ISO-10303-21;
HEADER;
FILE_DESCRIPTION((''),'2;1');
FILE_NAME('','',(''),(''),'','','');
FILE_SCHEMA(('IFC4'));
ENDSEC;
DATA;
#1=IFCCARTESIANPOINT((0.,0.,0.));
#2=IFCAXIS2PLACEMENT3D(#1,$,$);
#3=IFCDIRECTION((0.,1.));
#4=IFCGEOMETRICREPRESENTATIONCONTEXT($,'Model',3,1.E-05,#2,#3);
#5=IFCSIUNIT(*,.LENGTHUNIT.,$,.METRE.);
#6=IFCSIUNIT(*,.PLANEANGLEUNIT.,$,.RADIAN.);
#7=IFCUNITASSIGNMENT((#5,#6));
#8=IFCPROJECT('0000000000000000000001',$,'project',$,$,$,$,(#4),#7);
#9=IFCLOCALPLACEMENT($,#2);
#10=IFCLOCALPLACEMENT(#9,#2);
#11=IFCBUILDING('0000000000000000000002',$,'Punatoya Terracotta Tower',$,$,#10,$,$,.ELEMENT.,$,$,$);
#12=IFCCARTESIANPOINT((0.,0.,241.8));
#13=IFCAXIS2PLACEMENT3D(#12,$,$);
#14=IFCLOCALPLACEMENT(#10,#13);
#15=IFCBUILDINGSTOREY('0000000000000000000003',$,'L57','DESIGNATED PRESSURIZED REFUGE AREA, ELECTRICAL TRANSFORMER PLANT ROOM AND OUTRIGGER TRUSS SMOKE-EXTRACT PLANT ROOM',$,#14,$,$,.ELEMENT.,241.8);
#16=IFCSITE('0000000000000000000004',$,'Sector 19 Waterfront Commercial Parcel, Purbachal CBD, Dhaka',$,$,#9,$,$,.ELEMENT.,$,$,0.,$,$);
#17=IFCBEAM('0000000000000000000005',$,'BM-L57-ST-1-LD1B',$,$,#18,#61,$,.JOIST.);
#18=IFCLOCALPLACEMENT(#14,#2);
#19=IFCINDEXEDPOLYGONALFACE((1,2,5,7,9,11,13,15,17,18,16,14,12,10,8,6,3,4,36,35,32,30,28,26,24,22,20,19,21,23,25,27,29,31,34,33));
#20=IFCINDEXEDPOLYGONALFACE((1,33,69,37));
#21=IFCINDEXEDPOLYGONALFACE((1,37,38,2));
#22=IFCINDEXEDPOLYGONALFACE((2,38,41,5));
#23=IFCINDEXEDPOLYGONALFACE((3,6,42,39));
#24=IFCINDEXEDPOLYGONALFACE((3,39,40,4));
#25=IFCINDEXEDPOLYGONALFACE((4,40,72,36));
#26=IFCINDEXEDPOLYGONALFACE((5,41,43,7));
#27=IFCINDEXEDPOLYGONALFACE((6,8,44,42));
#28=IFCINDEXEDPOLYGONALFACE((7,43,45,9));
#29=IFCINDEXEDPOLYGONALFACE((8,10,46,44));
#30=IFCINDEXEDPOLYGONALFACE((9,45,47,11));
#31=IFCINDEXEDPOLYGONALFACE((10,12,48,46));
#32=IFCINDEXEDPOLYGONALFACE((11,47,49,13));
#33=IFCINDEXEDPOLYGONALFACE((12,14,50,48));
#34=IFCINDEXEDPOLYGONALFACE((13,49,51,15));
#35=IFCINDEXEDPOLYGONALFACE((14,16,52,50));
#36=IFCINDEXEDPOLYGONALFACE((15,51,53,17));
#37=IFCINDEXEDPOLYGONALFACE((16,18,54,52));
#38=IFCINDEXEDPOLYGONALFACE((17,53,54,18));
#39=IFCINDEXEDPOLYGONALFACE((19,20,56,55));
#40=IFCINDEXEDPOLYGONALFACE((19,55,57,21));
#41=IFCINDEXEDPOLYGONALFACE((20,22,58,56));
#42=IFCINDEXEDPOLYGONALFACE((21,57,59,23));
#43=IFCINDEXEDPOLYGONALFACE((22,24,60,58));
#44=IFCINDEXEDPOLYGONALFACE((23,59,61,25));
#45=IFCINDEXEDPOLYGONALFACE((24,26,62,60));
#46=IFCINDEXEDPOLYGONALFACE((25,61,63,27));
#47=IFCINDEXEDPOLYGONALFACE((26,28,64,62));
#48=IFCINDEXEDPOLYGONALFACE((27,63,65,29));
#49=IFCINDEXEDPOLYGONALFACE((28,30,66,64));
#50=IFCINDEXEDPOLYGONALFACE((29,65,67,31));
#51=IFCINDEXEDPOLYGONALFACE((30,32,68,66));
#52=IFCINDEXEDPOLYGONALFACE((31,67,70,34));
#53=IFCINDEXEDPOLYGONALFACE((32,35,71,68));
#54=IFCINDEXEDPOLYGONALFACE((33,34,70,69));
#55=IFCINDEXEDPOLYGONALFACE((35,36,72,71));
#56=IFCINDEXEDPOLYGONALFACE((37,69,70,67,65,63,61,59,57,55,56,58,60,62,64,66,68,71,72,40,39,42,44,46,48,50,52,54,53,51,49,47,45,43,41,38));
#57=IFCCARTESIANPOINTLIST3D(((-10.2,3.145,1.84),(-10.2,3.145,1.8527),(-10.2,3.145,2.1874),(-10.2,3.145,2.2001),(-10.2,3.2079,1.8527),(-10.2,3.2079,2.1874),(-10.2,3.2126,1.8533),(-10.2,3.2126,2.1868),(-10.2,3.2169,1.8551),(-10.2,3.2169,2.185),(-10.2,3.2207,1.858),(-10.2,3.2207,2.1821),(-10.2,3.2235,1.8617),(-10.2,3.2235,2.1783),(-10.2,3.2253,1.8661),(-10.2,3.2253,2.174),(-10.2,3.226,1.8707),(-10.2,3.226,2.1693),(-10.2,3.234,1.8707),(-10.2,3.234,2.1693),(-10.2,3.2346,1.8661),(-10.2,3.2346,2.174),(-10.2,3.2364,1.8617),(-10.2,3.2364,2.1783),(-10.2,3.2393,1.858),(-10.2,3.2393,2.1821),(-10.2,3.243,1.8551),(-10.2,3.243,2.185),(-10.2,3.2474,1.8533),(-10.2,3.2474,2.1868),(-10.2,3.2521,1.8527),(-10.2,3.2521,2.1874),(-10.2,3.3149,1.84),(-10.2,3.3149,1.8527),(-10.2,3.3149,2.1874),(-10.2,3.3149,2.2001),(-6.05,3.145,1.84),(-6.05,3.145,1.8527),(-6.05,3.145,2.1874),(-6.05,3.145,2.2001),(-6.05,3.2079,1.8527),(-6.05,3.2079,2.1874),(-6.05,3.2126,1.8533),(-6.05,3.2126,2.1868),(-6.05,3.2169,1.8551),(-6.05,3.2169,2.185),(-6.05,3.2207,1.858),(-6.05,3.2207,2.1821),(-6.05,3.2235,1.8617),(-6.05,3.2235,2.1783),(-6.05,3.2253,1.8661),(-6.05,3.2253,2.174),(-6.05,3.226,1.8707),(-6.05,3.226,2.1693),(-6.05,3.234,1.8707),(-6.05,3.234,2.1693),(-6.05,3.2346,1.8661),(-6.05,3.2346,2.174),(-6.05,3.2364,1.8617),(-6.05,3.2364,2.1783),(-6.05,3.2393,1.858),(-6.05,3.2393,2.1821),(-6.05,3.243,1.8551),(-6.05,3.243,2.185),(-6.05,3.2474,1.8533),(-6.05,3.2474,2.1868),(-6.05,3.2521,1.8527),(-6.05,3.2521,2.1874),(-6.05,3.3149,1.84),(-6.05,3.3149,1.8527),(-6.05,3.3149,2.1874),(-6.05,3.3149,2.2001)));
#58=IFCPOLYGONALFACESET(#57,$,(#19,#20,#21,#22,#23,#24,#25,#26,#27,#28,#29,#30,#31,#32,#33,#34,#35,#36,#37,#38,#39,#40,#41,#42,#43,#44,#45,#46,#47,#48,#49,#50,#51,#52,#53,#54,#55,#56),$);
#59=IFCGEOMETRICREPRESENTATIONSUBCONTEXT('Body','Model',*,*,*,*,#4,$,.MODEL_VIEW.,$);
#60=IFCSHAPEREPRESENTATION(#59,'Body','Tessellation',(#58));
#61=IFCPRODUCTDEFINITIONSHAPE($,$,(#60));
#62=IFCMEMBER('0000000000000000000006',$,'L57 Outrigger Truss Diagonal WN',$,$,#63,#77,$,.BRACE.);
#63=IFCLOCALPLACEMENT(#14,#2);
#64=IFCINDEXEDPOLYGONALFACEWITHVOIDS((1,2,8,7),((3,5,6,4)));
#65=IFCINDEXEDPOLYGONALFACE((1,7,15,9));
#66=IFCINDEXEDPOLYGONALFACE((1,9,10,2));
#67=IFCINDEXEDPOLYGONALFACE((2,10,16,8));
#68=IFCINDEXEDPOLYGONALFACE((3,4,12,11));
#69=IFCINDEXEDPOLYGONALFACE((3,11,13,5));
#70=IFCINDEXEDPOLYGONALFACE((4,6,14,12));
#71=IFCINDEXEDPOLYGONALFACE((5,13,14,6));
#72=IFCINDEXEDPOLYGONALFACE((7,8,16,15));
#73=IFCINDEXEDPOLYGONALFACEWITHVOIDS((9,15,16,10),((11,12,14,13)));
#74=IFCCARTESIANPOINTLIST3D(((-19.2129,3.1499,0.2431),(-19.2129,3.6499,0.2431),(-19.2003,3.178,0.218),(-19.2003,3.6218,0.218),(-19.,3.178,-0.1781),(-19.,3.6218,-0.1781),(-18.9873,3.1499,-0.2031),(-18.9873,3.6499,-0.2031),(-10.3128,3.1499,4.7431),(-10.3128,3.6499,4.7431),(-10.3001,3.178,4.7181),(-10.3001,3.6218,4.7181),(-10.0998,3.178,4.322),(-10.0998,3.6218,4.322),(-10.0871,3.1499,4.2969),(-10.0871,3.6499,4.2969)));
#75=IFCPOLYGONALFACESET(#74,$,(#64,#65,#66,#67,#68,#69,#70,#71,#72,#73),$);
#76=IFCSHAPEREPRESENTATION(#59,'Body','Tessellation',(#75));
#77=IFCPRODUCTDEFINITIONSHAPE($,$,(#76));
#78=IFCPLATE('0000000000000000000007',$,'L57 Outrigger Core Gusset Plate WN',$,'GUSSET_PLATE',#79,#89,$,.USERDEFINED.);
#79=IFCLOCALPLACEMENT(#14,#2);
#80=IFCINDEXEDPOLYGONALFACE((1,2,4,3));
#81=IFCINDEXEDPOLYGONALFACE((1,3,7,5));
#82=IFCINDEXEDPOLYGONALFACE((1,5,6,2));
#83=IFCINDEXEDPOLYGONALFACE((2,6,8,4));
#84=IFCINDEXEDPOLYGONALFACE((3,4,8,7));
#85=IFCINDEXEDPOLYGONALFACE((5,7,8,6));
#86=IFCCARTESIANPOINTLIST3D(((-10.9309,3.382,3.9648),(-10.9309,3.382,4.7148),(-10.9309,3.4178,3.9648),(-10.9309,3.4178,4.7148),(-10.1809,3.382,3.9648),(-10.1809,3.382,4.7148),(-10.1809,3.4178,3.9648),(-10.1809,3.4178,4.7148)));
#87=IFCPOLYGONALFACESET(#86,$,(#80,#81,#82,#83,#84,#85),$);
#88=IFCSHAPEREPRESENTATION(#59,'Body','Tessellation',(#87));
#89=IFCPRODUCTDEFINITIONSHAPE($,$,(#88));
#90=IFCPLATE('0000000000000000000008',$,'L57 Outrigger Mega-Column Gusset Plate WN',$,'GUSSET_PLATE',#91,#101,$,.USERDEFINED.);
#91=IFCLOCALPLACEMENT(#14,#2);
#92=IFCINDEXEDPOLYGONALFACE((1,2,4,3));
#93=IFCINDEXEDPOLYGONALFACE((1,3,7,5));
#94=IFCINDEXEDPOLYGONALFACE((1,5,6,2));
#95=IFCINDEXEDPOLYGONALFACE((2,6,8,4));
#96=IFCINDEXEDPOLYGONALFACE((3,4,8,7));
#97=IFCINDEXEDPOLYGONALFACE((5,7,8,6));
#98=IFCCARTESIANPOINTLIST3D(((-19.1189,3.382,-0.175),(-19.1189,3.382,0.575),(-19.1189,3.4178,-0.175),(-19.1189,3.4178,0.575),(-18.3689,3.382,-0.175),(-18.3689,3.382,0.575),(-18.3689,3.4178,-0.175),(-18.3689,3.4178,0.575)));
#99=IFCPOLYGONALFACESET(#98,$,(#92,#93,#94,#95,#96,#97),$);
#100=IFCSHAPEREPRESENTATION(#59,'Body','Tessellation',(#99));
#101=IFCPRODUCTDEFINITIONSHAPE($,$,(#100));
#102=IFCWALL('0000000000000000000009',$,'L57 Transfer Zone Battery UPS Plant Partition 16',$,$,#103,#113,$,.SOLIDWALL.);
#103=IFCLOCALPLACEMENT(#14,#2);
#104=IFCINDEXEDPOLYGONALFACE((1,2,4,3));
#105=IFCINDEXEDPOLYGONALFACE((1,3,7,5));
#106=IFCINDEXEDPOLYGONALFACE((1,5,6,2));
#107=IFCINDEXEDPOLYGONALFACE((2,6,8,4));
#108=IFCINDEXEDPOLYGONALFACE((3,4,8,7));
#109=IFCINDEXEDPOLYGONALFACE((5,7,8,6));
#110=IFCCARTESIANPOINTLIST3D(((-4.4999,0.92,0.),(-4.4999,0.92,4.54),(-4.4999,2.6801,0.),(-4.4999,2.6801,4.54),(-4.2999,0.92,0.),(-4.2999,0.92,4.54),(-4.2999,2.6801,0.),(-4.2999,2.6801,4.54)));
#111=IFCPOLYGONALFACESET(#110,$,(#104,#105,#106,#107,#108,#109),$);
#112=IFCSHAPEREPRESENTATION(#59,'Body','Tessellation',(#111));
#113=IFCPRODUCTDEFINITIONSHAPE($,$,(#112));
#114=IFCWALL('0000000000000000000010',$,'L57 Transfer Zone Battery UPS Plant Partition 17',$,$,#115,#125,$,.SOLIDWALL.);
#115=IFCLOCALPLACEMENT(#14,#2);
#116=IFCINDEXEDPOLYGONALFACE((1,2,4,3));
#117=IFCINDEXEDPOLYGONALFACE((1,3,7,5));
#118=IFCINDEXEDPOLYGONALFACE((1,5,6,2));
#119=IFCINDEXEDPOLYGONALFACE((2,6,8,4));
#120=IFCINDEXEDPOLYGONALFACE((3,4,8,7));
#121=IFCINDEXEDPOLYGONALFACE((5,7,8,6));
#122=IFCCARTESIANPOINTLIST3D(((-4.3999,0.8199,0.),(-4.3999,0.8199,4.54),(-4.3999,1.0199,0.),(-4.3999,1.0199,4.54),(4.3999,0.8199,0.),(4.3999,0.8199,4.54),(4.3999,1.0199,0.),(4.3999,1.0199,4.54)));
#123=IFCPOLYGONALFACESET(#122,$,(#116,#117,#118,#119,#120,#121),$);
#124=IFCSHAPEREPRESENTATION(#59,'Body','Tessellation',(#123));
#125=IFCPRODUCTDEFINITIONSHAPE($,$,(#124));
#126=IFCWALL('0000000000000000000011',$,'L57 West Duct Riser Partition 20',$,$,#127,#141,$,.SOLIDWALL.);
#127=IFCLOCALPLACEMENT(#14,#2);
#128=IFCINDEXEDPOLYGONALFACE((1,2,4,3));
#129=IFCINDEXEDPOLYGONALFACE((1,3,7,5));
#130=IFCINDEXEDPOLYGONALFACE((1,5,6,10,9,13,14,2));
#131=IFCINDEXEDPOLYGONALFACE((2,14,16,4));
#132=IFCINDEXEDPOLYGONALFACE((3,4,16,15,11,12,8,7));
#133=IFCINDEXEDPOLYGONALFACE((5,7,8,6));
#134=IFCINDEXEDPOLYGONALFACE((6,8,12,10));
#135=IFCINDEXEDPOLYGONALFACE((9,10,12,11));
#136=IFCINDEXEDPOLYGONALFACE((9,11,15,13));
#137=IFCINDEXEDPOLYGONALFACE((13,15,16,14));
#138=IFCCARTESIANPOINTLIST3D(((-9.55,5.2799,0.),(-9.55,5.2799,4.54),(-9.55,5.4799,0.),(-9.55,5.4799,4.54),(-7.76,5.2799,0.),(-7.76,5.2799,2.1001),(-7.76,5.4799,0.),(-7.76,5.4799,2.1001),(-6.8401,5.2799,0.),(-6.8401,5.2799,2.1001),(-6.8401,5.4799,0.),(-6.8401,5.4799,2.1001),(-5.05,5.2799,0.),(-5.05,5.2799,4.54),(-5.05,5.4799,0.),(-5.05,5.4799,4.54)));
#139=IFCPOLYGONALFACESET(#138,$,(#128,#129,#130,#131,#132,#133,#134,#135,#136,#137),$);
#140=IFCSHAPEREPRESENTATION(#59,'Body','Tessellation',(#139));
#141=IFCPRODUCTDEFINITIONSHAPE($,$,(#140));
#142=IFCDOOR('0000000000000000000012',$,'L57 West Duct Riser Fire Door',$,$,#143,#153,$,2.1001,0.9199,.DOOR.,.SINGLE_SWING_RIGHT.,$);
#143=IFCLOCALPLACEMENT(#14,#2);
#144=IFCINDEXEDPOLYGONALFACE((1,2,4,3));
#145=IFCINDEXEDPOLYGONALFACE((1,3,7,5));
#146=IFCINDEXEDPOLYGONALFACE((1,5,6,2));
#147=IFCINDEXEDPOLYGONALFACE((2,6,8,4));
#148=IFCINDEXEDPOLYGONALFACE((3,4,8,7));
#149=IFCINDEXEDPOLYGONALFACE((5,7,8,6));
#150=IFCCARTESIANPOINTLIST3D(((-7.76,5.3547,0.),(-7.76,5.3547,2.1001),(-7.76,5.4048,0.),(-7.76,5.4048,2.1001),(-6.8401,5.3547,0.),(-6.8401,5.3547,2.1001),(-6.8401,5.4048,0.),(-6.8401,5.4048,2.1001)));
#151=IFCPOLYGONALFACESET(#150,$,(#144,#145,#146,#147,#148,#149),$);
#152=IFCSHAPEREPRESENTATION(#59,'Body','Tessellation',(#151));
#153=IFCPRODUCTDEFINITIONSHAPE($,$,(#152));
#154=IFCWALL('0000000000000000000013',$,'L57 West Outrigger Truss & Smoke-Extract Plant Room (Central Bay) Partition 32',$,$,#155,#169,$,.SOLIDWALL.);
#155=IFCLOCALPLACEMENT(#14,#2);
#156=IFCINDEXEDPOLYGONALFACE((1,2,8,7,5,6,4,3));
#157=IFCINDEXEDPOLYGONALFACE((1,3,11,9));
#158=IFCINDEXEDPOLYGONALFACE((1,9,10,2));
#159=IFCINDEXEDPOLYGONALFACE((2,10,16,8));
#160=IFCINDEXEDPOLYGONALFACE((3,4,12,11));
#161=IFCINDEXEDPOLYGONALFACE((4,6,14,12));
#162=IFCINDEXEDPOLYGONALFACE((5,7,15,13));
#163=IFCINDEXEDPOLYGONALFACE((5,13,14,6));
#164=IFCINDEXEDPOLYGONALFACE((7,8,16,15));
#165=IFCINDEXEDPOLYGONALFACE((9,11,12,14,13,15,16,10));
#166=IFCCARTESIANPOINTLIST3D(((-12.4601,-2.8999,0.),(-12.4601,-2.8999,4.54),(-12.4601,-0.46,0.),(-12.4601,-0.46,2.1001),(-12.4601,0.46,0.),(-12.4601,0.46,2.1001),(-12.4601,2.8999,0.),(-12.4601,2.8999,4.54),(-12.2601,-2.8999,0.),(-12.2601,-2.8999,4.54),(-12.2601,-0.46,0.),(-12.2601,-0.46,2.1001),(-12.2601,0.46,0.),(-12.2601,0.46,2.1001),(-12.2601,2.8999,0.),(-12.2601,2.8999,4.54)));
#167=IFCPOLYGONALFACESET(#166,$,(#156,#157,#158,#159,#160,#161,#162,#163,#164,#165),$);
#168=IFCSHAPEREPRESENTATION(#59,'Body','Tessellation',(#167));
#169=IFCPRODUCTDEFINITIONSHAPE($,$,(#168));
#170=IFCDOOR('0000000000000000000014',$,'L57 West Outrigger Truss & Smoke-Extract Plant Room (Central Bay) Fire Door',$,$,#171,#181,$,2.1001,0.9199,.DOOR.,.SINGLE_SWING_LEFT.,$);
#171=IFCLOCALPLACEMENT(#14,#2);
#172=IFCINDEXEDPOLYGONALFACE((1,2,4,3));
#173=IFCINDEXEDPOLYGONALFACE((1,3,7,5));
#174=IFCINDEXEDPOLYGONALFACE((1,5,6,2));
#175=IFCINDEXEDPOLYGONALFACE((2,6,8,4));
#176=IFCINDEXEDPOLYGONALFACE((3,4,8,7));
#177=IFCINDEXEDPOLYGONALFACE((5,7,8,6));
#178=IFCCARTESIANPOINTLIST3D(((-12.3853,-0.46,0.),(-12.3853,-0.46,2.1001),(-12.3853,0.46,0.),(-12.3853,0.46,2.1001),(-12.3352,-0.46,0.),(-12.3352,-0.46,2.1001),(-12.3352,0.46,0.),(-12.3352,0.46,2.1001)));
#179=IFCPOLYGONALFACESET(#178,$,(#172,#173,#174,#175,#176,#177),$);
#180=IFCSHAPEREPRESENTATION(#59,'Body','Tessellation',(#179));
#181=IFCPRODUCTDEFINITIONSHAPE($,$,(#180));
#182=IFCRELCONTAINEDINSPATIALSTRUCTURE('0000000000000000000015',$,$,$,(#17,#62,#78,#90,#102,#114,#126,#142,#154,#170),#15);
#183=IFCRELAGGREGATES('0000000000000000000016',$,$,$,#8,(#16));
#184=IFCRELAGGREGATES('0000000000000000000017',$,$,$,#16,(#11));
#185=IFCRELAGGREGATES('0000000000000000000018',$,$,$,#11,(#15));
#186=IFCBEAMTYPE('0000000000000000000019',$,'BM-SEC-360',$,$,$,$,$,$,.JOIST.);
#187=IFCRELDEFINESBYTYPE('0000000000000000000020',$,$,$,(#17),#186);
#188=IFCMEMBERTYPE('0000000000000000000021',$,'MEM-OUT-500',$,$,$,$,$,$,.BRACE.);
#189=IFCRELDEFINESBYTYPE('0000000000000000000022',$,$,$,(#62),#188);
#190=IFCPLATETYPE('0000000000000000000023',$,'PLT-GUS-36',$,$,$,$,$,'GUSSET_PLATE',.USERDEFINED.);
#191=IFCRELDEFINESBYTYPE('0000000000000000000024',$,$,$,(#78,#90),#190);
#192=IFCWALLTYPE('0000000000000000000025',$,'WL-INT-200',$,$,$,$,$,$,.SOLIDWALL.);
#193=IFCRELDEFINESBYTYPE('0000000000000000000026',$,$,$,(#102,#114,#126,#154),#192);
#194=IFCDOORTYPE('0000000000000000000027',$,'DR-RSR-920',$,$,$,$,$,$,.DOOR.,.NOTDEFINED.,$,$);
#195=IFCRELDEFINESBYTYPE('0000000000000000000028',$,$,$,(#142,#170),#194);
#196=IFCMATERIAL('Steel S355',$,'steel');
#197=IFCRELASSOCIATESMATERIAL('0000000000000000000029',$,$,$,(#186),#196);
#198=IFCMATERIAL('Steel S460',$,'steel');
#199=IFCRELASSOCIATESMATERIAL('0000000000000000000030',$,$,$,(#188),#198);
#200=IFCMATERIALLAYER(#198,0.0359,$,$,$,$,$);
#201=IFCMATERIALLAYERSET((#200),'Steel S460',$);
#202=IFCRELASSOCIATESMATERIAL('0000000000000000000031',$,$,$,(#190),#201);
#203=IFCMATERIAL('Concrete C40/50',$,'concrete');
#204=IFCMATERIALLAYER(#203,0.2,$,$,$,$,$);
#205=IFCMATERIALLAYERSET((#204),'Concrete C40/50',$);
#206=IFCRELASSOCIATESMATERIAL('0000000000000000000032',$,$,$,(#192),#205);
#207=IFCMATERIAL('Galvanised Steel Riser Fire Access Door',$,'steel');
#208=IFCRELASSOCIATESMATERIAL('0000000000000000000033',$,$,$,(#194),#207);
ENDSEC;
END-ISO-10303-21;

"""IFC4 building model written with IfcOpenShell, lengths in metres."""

from ifc_helpers import new_model, si_unit, direction, frame, frame_2d, origin, origin_2d, place, context, subcontext, project, spatial, rectangle, hollow_rectangle, i_section, extrude, material, layer, layer_set, material_profile, profile_set, type_object, element, fill, save


model = new_model("IFC4")

# Units and contexts
model_context = context("Model", 3, precision=1e-05, world=origin(), true_north=direction((0.0, 1.0)))
body_context = subcontext(model_context, "Body", "Model", "MODEL_VIEW")
ifc_project = project(units=[si_unit("LENGTHUNIT", "METRE"), si_unit("PLANEANGLEUNIT", "RADIAN")], contexts=[model_context])

# Site, building, storey
site_placement = place(None, origin())
site = spatial("IfcSite", under=ifc_project, at=site_placement, Name="Sector 19 Waterfront Commercial Parcel, Purbachal CBD, Dhaka", CompositionType="ELEMENT", RefElevation=0.0)
building_placement = place(site_placement, origin())
building = spatial("IfcBuilding", under=site, at=building_placement, Name="Punatoya Terracotta Tower", CompositionType="ELEMENT")
storey_placement = place(building_placement, frame((0.0, 0.0, 241.8)))
storey = spatial("IfcBuildingStorey", under=building, at=storey_placement, Name="L57", Description="DESIGNATED PRESSURIZED REFUGE AREA, ELECTRICAL TRANSFORMER PLANT ROOM AND OUTRIGGER TRUSS SMOKE-EXTRACT PLANT ROOM", CompositionType="ELEMENT", Elevation=241.8)

# Shared definitions
ifc_material_1 = material(Name="Steel S460", Category="steel")

# Beam
ifc_material_2 = material(Name="Steel S355", Category="steel")
ifc_material_profile_1 = material_profile(ifc_material_2, i_section(OverallWidth=0.1699, OverallDepth=0.3601, WebThickness=0.0081, FlangeThickness=0.0127, FilletRadius=0.0181, at=origin_2d()))
ifc_profile_set_1 = profile_set([ifc_material_profile_1], Name="Steel S355")
beam_type_1 = type_object("IfcBeamType", Name="BM-SEC-360", PredefinedType="JOIST", material=ifc_profile_set_1)
for number, where, z_axis, x_axis, name in (
    (1, (-10.2, 3.23, 2.02), (1.0, 0.0, 0.0), (0.0, 1.0, 0.0), "BM-L57-ST-1-LD1B"),
):
    element("IfcBeam", number, at=place(storey_placement, frame(where, z_axis=z_axis, x_axis=x_axis)), inside=storey, type_object=beam_type_1, Name=name, PredefinedType="JOIST", context=body_context, shape_type="SweptSolid", body=[
        extrude(i_section(OverallWidth=0.1699, OverallDepth=0.3601, WebThickness=0.0081, FlangeThickness=0.0127, FilletRadius=0.0181, at=origin_2d()), origin(), (0.0, 0.0, 1.0), 4.1499),
    ])

# Member
ifc_material_profile_2 = material_profile(ifc_material_1, hollow_rectangle(XDim=0.5, YDim=0.5, WallThickness=0.0281, at=origin_2d()))
ifc_profile_set_2 = profile_set([ifc_material_profile_2], Name="Steel S460")
member_type = type_object("IfcMemberType", Name="MEM-OUT-500", PredefinedType="BRACE", material=ifc_profile_set_2)
member_placement = place(storey_placement, frame((-10.2, 3.3999, 4.52), z_axis=(-0.892416, 0.0, -0.451214), x_axis=(0.0, -1.0, 0.0)))
element("IfcMember", 2, at=member_placement, inside=storey, type_object=member_type, Name="L57 Outrigger Truss Diagonal WN", PredefinedType="BRACE", context=body_context, shape_type="SweptSolid", body=[
    extrude(hollow_rectangle(XDim=0.5, YDim=0.5, WallThickness=0.0281, at=origin_2d()), origin(), (0.0, 0.0, 1.0), 9.9731),
])

# Plates
ifc_layer_1 = layer(ifc_material_1, 0.0359)
ifc_layer_set_1 = layer_set([ifc_layer_1], Name="Steel S460")
plate_type = type_object("IfcPlateType", Name="PLT-GUS-36", ElementType="GUSSET_PLATE", PredefinedType="USERDEFINED", material=ifc_layer_set_1)
for number, where, z_axis, x_axis, name in (
    (3, (-10.5559, 3.3999, 3.9648), (0.0, 0.0, 1.0), (1.0, 0.0, 0.0), "L57 Outrigger Core Gusset Plate WN"),
    (4, (-18.7439, 3.3999, -0.175), (0.0, 0.0, 1.0), (1.0, 0.0, 0.0), "L57 Outrigger Mega-Column Gusset Plate WN"),
):
    element("IfcPlate", number, at=place(storey_placement, frame(where, z_axis=z_axis, x_axis=x_axis)), inside=storey, type_object=plate_type, Name=name, ObjectType="GUSSET_PLATE", PredefinedType="USERDEFINED", context=body_context, shape_type="SweptSolid", body=[
        extrude(rectangle(XDim=0.75, YDim=0.0359, at=origin_2d()), origin(), (0.0, 0.0, 1.0), 0.75),
    ])

# Walls
ifc_material_3 = material(Name="Concrete C40/50", Category="concrete")
ifc_layer_2 = layer(ifc_material_3, 0.2)
ifc_layer_set_2 = layer_set([ifc_layer_2], Name="Concrete C40/50")
wall_type_1 = type_object("IfcWallType", Name="WL-INT-200", PredefinedType="SOLIDWALL", material=ifc_layer_set_2)
wall_1_placement = place(storey_placement, frame((-4.3999, 2.6799, 0.0), z_axis=(0.0, 0.0, 1.0), x_axis=(0.0, -1.0, 0.0)))
element("IfcWall", 5, at=wall_1_placement, inside=storey, type_object=wall_type_1, Name="L57 Transfer Zone Battery UPS Plant Partition 16", PredefinedType="SOLIDWALL", context=body_context, shape_type="SweptSolid", body=[
    extrude(rectangle(XDim=1.76, YDim=0.2, at=frame_2d((0.8799, 0.0))), origin(), (0.0, 0.0, 1.0), 4.54),
])
wall_2_placement = place(storey_placement, frame((-4.3999, 0.9199, 0.0), z_axis=(0.0, 0.0, 1.0), x_axis=(1.0, 0.0, 0.0)))
element("IfcWall", 6, at=wall_2_placement, inside=storey, type_object=wall_type_1, Name="L57 Transfer Zone Battery UPS Plant Partition 17", PredefinedType="SOLIDWALL", context=body_context, shape_type="SweptSolid", body=[
    extrude(rectangle(XDim=8.7998, YDim=0.2, at=frame_2d((4.3999, 0.0))), origin(), (0.0, 0.0, 1.0), 4.54),
])

# Walls, openings, doors
wall_3_placement = place(storey_placement, frame((-9.55, 5.3799, 0.0), z_axis=(0.0, 0.0, 1.0), x_axis=(1.0, 0.0, 0.0)))
wall_3 = element("IfcWall", 7, at=wall_3_placement, inside=storey, type_object=wall_type_1, Name="L57 West Duct Riser Partition 20", PredefinedType="SOLIDWALL", context=body_context, shape_type="SweptSolid", body=[
    extrude(rectangle(XDim=4.5, YDim=0.2, at=frame_2d((2.25, 0.0))), origin(), (0.0, 0.0, 1.0), 4.54),
])
opening_1_placement = place(wall_3_placement, frame((1.79, 0.0, 0.0)))
opening_1 = element("IfcOpeningElement", 8, at=opening_1_placement, cuts=wall_3, PredefinedType="OPENING", context=body_context, shape_type="SweptSolid", body=[
    extrude(rectangle(XDim=0.9199, YDim=2.1001, at=frame_2d((0.46, 1.05))), frame((0.0, 0.1099, 0.0), z_axis=(0.0, -1.0, 0.0), x_axis=(1.0, 0.0, 0.0)), (0.0, 0.0, 1.0), 0.22),
])
ifc_material_4 = material(Name="Galvanised Steel Riser Fire Access Door", Category="steel")
door_type_1 = type_object("IfcDoorType", Name="DR-RSR-920", OperationType="NOTDEFINED", PredefinedType="DOOR", material=ifc_material_4)
door_1_placement = place(opening_1_placement, origin())
door_1 = element("IfcDoor", 9, at=door_1_placement, inside=storey, type_object=door_type_1, Name="L57 West Duct Riser Fire Door", OperationType="SINGLE_SWING_RIGHT", OverallHeight=2.1001, OverallWidth=0.9199, PredefinedType="DOOR", context=body_context, shape_type="SweptSolid", body=[
    extrude(rectangle(XDim=0.9199, YDim=2.1001, at=frame_2d((0.46, 1.05))), frame((0.0, 0.0249, 0.0), z_axis=(0.0, -1.0, 0.0), x_axis=(1.0, 0.0, 0.0)), (0.0, 0.0, 1.0), 0.05),
])
fill(opening_1, door_1)
wall_4_placement = place(storey_placement, frame((-12.3601, 2.8999, 0.0), z_axis=(0.0, 0.0, 1.0), x_axis=(0.0, -1.0, 0.0)))
wall_4 = element("IfcWall", 10, at=wall_4_placement, inside=storey, type_object=wall_type_1, Name="L57 West Outrigger Truss & Smoke-Extract Plant Room (Central Bay) Partition 32", PredefinedType="SOLIDWALL", context=body_context, shape_type="SweptSolid", body=[
    extrude(rectangle(XDim=5.7998, YDim=0.2, at=frame_2d((2.8999, 0.0))), origin(), (0.0, 0.0, 1.0), 4.54),
])
opening_2_placement = place(wall_4_placement, frame((2.4399, 0.0, 0.0)))
opening_2 = element("IfcOpeningElement", 11, at=opening_2_placement, cuts=wall_4, PredefinedType="OPENING", context=body_context, shape_type="SweptSolid", body=[
    extrude(rectangle(XDim=0.9199, YDim=2.1001, at=frame_2d((0.46, 1.05))), frame((0.0, 0.1099, 0.0), z_axis=(0.0, -1.0, 0.0), x_axis=(1.0, 0.0, 0.0)), (0.0, 0.0, 1.0), 0.22),
])
door_2_placement = place(opening_2_placement, origin())
door_2 = element("IfcDoor", 12, at=door_2_placement, inside=storey, type_object=door_type_1, Name="L57 West Outrigger Truss & Smoke-Extract Plant Room (Central Bay) Fire Door", OperationType="SINGLE_SWING_LEFT", OverallHeight=2.1001, OverallWidth=0.9199, PredefinedType="DOOR", context=body_context, shape_type="SweptSolid", body=[
    extrude(rectangle(XDim=0.9199, YDim=2.1001, at=frame_2d((0.46, 1.05))), frame((0.0, 0.0249, 0.0), z_axis=(0.0, -1.0, 0.0), x_axis=(1.0, 0.0, 0.0)), (0.0, 0.0, 1.0), 0.05),
])
fill(opening_2, door_2)

save(model, "model.ifc")
